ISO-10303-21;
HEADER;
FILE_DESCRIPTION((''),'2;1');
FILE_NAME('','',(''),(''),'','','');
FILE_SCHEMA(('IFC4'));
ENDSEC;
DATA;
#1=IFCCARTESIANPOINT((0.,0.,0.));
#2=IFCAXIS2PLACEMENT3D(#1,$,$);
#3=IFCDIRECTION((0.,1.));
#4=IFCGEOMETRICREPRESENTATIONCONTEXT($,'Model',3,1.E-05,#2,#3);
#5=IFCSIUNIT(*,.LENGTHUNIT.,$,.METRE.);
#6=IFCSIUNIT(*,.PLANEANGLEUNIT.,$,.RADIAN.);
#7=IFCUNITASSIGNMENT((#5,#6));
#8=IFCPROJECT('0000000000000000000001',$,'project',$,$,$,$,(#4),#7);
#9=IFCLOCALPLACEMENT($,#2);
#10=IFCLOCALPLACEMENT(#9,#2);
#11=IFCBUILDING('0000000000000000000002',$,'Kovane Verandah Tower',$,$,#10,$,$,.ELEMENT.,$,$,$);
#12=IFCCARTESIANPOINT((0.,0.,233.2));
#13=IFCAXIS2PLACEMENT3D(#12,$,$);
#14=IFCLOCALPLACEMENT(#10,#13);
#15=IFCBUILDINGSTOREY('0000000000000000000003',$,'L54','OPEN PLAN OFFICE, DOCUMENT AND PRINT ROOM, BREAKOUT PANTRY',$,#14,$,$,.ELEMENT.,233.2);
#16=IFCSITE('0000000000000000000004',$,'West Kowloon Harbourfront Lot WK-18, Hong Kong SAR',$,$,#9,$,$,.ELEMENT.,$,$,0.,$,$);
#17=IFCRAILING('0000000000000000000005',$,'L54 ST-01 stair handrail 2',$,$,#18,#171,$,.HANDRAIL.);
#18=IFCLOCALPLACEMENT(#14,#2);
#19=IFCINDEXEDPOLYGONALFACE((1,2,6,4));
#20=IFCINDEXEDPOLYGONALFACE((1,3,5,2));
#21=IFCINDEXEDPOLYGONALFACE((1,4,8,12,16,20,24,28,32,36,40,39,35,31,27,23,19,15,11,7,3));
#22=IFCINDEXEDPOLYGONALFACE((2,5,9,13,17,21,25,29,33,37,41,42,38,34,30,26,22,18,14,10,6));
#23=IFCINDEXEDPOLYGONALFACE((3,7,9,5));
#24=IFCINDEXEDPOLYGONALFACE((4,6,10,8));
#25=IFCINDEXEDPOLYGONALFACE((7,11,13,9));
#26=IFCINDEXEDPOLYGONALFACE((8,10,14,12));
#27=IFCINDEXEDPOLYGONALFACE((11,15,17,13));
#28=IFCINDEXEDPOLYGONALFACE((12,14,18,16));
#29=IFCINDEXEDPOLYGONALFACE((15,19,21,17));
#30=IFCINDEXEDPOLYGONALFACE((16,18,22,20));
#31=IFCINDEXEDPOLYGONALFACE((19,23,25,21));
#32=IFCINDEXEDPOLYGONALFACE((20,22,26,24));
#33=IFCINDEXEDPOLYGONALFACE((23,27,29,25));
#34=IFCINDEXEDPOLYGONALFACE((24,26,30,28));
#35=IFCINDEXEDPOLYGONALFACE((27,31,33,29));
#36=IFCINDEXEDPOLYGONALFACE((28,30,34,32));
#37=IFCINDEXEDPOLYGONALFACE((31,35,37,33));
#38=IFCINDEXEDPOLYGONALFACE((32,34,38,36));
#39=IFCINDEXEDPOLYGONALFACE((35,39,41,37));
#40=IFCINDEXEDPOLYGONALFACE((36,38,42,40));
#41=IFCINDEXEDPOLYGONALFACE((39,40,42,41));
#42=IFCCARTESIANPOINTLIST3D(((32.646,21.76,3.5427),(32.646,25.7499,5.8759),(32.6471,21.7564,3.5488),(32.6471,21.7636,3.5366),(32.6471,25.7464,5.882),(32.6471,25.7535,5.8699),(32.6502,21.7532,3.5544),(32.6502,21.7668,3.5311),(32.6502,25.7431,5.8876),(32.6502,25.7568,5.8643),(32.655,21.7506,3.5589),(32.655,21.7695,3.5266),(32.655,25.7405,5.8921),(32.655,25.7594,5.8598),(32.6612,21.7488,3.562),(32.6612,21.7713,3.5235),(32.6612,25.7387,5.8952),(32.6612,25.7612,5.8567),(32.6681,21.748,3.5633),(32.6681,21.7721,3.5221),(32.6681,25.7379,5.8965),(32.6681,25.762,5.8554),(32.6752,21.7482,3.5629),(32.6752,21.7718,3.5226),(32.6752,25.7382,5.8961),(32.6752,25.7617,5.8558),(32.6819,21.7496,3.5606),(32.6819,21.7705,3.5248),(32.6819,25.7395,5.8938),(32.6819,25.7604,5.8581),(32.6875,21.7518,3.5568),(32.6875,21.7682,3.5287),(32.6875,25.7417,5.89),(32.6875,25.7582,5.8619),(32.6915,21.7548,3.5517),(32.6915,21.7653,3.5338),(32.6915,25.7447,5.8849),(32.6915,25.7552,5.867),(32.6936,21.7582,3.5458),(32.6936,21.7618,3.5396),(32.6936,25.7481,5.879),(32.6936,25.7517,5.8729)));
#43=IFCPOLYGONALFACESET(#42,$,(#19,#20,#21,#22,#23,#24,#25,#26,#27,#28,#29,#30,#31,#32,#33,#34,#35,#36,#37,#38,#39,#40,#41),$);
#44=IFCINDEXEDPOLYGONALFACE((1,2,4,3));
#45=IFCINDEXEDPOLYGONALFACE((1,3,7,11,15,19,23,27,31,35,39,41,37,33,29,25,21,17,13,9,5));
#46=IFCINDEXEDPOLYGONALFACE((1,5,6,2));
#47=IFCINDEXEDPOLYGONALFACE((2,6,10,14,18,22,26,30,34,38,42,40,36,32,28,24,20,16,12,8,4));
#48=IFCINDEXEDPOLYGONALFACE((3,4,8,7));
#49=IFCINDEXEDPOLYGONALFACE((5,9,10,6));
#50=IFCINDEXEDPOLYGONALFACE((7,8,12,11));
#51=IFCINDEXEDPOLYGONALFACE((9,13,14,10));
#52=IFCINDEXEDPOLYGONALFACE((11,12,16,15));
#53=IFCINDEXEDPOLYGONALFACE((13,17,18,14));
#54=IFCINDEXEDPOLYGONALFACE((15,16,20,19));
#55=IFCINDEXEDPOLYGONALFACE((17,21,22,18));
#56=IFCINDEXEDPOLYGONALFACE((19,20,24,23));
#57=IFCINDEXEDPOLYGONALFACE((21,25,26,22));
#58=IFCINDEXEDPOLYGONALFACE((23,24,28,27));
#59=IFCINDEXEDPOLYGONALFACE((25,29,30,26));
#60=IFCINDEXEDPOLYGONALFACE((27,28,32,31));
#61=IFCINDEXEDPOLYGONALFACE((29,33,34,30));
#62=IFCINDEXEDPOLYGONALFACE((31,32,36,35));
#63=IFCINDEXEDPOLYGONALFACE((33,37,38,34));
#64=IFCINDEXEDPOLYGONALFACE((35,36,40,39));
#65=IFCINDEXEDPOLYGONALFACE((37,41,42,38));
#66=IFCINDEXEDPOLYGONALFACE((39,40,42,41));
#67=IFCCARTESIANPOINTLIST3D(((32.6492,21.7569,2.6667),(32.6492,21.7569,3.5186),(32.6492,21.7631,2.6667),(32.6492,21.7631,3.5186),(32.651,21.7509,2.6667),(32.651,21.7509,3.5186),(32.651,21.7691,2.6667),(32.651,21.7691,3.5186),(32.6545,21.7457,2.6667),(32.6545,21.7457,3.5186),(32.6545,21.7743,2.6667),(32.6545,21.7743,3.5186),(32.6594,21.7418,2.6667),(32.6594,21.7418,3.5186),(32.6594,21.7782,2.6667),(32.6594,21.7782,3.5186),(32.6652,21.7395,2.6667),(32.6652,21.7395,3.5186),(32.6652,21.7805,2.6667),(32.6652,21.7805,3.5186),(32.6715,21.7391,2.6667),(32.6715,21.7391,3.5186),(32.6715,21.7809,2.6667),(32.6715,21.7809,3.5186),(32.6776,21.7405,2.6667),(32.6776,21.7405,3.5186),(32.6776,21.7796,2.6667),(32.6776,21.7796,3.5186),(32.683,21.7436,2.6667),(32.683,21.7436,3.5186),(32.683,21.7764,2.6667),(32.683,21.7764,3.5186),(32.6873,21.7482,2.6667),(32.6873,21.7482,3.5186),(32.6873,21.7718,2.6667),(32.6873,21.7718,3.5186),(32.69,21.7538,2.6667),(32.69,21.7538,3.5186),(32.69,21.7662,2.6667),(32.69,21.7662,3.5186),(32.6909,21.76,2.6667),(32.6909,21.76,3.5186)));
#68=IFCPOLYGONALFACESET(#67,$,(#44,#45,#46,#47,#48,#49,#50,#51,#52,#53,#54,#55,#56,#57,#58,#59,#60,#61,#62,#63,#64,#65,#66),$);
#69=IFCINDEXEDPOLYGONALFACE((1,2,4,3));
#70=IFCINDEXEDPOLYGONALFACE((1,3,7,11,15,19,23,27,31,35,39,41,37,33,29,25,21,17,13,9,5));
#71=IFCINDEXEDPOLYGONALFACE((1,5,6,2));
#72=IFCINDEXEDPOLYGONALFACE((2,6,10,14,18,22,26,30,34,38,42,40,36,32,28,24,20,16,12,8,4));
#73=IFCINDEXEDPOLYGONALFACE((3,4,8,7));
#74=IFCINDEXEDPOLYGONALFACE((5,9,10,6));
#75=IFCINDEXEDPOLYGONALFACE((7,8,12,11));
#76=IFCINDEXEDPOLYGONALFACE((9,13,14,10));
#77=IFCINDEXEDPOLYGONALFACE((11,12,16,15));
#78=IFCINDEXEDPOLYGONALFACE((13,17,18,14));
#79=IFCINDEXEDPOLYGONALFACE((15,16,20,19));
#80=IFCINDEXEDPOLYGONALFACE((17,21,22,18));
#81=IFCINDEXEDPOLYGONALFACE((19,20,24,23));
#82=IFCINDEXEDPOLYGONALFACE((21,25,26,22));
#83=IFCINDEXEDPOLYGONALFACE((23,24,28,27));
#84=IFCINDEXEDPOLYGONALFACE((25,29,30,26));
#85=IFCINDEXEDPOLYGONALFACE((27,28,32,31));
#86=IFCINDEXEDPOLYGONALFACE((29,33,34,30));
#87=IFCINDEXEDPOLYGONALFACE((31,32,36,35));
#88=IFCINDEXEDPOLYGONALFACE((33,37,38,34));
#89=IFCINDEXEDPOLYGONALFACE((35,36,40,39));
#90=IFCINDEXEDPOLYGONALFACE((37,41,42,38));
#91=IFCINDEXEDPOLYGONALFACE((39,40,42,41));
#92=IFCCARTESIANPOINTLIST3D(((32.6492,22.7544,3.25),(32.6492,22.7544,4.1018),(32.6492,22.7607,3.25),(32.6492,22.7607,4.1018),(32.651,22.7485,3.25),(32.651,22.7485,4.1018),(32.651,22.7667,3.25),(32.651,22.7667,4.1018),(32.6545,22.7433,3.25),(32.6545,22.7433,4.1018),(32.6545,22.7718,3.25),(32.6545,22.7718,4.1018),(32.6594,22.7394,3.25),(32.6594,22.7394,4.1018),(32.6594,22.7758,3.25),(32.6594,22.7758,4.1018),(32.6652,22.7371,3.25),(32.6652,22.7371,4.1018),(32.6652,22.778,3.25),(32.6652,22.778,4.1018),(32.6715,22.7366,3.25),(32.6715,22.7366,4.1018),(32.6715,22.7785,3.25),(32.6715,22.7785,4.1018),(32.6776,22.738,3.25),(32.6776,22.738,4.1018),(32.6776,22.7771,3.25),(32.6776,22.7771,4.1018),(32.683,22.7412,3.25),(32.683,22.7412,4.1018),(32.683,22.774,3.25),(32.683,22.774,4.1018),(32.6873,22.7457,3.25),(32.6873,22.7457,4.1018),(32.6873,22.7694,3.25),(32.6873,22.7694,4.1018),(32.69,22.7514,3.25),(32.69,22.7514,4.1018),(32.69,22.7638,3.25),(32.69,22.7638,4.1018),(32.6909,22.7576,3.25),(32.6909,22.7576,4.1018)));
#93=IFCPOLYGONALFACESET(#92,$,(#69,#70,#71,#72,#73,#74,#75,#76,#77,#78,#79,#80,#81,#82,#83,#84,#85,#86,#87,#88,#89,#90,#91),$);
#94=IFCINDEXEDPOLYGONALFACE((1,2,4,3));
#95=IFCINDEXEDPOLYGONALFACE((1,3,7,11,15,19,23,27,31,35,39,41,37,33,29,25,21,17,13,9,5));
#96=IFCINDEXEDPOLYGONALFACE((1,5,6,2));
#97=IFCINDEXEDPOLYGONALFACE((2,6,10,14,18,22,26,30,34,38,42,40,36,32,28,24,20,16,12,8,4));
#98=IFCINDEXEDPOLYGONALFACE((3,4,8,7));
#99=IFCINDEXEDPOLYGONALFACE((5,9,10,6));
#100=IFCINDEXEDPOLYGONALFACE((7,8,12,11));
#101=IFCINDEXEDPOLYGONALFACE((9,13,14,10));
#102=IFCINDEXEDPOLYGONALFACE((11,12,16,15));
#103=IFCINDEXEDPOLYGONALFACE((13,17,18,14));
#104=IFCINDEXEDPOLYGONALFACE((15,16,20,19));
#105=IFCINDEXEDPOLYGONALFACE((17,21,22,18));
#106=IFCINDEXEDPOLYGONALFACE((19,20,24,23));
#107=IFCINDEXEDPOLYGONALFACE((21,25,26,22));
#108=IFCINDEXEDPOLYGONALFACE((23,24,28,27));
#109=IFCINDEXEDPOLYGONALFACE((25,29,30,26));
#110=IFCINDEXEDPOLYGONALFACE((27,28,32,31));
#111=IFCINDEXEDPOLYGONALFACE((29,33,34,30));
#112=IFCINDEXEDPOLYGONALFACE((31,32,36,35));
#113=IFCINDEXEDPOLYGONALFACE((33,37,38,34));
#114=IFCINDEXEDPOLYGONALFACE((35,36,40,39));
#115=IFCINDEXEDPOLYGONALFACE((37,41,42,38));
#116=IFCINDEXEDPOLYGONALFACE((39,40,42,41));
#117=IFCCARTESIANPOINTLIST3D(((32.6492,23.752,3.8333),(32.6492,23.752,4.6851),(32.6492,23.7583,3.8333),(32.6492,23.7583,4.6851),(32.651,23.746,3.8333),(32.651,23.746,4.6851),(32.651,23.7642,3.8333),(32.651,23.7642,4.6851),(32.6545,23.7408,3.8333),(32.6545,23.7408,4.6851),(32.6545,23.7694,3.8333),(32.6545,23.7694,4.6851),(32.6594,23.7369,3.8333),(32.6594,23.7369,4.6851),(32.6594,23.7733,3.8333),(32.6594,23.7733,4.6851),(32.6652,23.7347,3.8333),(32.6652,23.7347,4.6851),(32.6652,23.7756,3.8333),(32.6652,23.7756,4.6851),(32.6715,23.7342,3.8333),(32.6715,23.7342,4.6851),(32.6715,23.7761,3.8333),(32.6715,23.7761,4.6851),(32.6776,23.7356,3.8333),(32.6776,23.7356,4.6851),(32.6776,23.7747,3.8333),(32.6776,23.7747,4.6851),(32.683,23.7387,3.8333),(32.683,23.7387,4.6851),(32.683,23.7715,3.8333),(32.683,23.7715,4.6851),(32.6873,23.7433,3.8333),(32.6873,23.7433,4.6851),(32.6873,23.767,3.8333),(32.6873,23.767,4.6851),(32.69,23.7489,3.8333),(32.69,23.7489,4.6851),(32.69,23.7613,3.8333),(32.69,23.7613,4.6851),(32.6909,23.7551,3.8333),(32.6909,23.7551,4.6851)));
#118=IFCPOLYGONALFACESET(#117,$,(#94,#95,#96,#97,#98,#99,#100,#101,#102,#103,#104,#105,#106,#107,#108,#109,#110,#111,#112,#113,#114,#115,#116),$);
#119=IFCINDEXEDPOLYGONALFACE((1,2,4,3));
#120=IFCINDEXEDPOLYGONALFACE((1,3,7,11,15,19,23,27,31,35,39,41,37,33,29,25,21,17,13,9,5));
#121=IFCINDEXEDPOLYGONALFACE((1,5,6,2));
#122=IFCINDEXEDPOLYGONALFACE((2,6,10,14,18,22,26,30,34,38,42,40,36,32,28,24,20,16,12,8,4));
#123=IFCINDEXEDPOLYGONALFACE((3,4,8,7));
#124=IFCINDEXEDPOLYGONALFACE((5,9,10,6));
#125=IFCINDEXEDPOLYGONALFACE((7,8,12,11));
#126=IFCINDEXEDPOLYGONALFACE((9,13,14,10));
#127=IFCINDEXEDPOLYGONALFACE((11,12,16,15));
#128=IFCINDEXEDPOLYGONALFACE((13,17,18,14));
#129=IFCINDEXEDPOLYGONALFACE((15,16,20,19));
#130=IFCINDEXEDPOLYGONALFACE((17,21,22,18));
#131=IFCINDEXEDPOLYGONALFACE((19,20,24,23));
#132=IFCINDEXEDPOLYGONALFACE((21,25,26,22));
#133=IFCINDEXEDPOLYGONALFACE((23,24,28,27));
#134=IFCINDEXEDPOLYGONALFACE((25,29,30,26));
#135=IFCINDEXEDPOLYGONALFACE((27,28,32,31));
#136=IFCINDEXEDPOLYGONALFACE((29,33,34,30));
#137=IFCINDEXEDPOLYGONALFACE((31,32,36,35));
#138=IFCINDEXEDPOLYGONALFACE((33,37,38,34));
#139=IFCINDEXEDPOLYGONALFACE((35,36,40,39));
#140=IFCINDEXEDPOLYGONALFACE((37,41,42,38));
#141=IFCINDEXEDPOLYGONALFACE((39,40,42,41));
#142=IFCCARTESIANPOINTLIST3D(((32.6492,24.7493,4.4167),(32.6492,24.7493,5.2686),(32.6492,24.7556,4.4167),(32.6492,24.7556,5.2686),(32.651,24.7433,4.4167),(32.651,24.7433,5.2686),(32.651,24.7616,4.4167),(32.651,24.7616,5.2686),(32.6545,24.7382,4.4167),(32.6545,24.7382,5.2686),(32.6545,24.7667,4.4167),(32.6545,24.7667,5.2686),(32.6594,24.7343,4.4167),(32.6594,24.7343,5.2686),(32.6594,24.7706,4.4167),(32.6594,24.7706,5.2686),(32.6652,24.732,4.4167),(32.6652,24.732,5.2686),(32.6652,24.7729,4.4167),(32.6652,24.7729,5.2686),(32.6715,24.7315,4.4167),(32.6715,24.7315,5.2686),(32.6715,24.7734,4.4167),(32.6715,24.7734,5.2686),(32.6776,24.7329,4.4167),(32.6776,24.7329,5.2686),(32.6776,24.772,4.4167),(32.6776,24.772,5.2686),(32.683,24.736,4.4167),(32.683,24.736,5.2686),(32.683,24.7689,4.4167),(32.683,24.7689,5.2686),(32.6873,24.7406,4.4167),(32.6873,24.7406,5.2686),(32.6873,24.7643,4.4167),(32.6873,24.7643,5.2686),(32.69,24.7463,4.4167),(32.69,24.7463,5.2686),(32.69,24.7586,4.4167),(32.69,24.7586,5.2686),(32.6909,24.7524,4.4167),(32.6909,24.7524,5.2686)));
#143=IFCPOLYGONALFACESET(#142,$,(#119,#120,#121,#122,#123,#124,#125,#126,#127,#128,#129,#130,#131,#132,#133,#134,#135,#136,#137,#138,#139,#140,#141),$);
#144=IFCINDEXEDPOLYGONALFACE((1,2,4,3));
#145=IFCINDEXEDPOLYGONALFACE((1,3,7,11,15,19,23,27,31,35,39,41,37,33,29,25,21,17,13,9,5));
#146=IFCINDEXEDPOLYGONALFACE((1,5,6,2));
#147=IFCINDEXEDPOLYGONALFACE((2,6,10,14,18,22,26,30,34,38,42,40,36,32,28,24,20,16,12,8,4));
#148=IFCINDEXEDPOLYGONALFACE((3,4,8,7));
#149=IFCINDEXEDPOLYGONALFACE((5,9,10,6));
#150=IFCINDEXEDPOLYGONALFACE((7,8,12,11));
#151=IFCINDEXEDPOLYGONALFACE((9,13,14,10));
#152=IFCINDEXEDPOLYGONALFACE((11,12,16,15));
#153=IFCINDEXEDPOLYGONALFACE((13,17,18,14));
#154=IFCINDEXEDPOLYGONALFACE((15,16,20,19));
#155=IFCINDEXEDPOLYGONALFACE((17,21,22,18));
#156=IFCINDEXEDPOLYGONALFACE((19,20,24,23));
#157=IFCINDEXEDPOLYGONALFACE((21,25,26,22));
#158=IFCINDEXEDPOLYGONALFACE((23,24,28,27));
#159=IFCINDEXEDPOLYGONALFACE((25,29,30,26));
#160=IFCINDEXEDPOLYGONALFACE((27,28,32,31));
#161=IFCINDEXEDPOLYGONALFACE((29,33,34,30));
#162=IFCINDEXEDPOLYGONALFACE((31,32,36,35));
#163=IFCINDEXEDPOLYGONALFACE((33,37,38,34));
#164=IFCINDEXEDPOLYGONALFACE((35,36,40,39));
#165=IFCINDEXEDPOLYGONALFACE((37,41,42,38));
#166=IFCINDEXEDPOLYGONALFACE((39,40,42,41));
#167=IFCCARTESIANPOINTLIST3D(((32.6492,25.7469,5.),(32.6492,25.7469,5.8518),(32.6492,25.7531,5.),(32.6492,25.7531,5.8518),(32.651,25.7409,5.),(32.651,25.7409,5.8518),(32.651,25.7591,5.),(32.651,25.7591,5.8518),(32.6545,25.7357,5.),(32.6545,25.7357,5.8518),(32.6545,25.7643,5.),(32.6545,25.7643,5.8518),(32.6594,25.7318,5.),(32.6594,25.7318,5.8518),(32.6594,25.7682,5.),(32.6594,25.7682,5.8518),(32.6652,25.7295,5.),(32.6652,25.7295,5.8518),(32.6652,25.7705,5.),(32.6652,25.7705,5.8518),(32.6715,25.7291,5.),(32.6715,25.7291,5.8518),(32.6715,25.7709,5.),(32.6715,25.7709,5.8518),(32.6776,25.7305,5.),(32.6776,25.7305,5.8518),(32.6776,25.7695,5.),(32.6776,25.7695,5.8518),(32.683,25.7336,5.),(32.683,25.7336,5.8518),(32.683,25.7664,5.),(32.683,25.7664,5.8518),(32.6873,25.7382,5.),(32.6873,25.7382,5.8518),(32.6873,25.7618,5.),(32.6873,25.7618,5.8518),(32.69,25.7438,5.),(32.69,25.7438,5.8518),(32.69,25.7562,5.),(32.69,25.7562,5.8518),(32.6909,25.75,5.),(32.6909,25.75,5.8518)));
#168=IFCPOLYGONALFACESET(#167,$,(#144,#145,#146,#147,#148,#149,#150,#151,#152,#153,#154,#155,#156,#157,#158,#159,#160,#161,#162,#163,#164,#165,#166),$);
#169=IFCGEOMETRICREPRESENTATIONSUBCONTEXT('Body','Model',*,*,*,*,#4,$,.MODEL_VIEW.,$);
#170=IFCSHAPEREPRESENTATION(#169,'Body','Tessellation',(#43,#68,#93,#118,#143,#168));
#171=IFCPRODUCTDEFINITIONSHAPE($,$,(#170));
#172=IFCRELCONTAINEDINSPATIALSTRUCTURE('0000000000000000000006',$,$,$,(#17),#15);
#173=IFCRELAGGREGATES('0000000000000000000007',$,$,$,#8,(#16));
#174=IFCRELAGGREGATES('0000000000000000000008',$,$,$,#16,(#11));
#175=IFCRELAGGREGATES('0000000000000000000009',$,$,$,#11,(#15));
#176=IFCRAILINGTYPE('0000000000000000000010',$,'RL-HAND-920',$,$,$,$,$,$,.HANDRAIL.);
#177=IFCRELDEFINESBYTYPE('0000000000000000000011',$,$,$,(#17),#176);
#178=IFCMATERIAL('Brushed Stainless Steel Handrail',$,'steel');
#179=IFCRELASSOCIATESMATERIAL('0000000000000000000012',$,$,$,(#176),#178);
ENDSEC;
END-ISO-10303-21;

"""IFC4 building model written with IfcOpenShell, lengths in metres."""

from ifc_helpers import new_model, si_unit, direction, frame, origin, origin_2d, place, context, subcontext, project, spatial, circle, extrude, material, type_object, element, save


model = new_model("IFC4")

# Units and contexts
model_context = context("Model", 3, precision=1e-05, world=origin(), true_north=direction((0.0, 1.0)))
body_context = subcontext(model_context, "Body", "Model", "MODEL_VIEW")
ifc_project = project(units=[si_unit("LENGTHUNIT", "METRE"), si_unit("PLANEANGLEUNIT", "RADIAN")], contexts=[model_context])

# Site, building, storey
site_placement = place(None, origin())
site = spatial("IfcSite", under=ifc_project, at=site_placement, Name="West Kowloon Harbourfront Lot WK-18, Hong Kong SAR", CompositionType="ELEMENT", RefElevation=0.0)
building_placement = place(site_placement, origin())
building = spatial("IfcBuilding", under=site, at=building_placement, Name="Kovane Verandah Tower", CompositionType="ELEMENT")
storey_placement = place(building_placement, frame((0.0, 0.0, 233.2)))
storey = spatial("IfcBuildingStorey", under=building, at=storey_placement, Name="L54", Description="OPEN PLAN OFFICE, DOCUMENT AND PRINT ROOM, BREAKOUT PANTRY", CompositionType="ELEMENT", Elevation=233.2)

# Railing
ifc_material_1 = material(Name="Brushed Stainless Steel Handrail", Category="steel")
railing_type_1 = type_object("IfcRailingType", Name="RL-HAND-920", PredefinedType="HANDRAIL", material=ifc_material_1)
railing_1_placement = place(storey_placement, frame((32.6699, 21.76, 2.6667)))
element("IfcRailing", 1, at=railing_1_placement, inside=storey, type_object=railing_type_1, Name="L54 ST-01 stair handrail 2", PredefinedType="HANDRAIL", context=body_context, shape_type="SweptSolid", body=[
    extrude(circle(Radius=0.0239, at=origin_2d()), frame((0.0, 0.0, 0.876), z_axis=(0.0, 0.863236, 0.5048), x_axis=(-1.0, 0.0, 0.0)), (0.0, 0.0, 1.0), 4.6221),
    extrude(circle(Radius=0.021, at=origin_2d()), origin(), (0.0, 0.0, 1.0), 0.8518),
    extrude(circle(Radius=0.021, at=origin_2d()), frame((0.0, 0.9976, 0.5833)), (0.0, 0.0, 1.0), 0.8518),
    extrude(circle(Radius=0.021, at=origin_2d()), frame((0.0, 1.9951, 1.1665)), (0.0, 0.0, 1.0), 0.8518),
    extrude(circle(Radius=0.021, at=origin_2d()), frame((0.0, 2.9924, 1.75)), (0.0, 0.0, 1.0), 0.8518),
    extrude(circle(Radius=0.021, at=origin_2d()), frame((0.0, 3.99, 2.3333)), (0.0, 0.0, 1.0), 0.8518),
])

save(model, "model.ifc")
